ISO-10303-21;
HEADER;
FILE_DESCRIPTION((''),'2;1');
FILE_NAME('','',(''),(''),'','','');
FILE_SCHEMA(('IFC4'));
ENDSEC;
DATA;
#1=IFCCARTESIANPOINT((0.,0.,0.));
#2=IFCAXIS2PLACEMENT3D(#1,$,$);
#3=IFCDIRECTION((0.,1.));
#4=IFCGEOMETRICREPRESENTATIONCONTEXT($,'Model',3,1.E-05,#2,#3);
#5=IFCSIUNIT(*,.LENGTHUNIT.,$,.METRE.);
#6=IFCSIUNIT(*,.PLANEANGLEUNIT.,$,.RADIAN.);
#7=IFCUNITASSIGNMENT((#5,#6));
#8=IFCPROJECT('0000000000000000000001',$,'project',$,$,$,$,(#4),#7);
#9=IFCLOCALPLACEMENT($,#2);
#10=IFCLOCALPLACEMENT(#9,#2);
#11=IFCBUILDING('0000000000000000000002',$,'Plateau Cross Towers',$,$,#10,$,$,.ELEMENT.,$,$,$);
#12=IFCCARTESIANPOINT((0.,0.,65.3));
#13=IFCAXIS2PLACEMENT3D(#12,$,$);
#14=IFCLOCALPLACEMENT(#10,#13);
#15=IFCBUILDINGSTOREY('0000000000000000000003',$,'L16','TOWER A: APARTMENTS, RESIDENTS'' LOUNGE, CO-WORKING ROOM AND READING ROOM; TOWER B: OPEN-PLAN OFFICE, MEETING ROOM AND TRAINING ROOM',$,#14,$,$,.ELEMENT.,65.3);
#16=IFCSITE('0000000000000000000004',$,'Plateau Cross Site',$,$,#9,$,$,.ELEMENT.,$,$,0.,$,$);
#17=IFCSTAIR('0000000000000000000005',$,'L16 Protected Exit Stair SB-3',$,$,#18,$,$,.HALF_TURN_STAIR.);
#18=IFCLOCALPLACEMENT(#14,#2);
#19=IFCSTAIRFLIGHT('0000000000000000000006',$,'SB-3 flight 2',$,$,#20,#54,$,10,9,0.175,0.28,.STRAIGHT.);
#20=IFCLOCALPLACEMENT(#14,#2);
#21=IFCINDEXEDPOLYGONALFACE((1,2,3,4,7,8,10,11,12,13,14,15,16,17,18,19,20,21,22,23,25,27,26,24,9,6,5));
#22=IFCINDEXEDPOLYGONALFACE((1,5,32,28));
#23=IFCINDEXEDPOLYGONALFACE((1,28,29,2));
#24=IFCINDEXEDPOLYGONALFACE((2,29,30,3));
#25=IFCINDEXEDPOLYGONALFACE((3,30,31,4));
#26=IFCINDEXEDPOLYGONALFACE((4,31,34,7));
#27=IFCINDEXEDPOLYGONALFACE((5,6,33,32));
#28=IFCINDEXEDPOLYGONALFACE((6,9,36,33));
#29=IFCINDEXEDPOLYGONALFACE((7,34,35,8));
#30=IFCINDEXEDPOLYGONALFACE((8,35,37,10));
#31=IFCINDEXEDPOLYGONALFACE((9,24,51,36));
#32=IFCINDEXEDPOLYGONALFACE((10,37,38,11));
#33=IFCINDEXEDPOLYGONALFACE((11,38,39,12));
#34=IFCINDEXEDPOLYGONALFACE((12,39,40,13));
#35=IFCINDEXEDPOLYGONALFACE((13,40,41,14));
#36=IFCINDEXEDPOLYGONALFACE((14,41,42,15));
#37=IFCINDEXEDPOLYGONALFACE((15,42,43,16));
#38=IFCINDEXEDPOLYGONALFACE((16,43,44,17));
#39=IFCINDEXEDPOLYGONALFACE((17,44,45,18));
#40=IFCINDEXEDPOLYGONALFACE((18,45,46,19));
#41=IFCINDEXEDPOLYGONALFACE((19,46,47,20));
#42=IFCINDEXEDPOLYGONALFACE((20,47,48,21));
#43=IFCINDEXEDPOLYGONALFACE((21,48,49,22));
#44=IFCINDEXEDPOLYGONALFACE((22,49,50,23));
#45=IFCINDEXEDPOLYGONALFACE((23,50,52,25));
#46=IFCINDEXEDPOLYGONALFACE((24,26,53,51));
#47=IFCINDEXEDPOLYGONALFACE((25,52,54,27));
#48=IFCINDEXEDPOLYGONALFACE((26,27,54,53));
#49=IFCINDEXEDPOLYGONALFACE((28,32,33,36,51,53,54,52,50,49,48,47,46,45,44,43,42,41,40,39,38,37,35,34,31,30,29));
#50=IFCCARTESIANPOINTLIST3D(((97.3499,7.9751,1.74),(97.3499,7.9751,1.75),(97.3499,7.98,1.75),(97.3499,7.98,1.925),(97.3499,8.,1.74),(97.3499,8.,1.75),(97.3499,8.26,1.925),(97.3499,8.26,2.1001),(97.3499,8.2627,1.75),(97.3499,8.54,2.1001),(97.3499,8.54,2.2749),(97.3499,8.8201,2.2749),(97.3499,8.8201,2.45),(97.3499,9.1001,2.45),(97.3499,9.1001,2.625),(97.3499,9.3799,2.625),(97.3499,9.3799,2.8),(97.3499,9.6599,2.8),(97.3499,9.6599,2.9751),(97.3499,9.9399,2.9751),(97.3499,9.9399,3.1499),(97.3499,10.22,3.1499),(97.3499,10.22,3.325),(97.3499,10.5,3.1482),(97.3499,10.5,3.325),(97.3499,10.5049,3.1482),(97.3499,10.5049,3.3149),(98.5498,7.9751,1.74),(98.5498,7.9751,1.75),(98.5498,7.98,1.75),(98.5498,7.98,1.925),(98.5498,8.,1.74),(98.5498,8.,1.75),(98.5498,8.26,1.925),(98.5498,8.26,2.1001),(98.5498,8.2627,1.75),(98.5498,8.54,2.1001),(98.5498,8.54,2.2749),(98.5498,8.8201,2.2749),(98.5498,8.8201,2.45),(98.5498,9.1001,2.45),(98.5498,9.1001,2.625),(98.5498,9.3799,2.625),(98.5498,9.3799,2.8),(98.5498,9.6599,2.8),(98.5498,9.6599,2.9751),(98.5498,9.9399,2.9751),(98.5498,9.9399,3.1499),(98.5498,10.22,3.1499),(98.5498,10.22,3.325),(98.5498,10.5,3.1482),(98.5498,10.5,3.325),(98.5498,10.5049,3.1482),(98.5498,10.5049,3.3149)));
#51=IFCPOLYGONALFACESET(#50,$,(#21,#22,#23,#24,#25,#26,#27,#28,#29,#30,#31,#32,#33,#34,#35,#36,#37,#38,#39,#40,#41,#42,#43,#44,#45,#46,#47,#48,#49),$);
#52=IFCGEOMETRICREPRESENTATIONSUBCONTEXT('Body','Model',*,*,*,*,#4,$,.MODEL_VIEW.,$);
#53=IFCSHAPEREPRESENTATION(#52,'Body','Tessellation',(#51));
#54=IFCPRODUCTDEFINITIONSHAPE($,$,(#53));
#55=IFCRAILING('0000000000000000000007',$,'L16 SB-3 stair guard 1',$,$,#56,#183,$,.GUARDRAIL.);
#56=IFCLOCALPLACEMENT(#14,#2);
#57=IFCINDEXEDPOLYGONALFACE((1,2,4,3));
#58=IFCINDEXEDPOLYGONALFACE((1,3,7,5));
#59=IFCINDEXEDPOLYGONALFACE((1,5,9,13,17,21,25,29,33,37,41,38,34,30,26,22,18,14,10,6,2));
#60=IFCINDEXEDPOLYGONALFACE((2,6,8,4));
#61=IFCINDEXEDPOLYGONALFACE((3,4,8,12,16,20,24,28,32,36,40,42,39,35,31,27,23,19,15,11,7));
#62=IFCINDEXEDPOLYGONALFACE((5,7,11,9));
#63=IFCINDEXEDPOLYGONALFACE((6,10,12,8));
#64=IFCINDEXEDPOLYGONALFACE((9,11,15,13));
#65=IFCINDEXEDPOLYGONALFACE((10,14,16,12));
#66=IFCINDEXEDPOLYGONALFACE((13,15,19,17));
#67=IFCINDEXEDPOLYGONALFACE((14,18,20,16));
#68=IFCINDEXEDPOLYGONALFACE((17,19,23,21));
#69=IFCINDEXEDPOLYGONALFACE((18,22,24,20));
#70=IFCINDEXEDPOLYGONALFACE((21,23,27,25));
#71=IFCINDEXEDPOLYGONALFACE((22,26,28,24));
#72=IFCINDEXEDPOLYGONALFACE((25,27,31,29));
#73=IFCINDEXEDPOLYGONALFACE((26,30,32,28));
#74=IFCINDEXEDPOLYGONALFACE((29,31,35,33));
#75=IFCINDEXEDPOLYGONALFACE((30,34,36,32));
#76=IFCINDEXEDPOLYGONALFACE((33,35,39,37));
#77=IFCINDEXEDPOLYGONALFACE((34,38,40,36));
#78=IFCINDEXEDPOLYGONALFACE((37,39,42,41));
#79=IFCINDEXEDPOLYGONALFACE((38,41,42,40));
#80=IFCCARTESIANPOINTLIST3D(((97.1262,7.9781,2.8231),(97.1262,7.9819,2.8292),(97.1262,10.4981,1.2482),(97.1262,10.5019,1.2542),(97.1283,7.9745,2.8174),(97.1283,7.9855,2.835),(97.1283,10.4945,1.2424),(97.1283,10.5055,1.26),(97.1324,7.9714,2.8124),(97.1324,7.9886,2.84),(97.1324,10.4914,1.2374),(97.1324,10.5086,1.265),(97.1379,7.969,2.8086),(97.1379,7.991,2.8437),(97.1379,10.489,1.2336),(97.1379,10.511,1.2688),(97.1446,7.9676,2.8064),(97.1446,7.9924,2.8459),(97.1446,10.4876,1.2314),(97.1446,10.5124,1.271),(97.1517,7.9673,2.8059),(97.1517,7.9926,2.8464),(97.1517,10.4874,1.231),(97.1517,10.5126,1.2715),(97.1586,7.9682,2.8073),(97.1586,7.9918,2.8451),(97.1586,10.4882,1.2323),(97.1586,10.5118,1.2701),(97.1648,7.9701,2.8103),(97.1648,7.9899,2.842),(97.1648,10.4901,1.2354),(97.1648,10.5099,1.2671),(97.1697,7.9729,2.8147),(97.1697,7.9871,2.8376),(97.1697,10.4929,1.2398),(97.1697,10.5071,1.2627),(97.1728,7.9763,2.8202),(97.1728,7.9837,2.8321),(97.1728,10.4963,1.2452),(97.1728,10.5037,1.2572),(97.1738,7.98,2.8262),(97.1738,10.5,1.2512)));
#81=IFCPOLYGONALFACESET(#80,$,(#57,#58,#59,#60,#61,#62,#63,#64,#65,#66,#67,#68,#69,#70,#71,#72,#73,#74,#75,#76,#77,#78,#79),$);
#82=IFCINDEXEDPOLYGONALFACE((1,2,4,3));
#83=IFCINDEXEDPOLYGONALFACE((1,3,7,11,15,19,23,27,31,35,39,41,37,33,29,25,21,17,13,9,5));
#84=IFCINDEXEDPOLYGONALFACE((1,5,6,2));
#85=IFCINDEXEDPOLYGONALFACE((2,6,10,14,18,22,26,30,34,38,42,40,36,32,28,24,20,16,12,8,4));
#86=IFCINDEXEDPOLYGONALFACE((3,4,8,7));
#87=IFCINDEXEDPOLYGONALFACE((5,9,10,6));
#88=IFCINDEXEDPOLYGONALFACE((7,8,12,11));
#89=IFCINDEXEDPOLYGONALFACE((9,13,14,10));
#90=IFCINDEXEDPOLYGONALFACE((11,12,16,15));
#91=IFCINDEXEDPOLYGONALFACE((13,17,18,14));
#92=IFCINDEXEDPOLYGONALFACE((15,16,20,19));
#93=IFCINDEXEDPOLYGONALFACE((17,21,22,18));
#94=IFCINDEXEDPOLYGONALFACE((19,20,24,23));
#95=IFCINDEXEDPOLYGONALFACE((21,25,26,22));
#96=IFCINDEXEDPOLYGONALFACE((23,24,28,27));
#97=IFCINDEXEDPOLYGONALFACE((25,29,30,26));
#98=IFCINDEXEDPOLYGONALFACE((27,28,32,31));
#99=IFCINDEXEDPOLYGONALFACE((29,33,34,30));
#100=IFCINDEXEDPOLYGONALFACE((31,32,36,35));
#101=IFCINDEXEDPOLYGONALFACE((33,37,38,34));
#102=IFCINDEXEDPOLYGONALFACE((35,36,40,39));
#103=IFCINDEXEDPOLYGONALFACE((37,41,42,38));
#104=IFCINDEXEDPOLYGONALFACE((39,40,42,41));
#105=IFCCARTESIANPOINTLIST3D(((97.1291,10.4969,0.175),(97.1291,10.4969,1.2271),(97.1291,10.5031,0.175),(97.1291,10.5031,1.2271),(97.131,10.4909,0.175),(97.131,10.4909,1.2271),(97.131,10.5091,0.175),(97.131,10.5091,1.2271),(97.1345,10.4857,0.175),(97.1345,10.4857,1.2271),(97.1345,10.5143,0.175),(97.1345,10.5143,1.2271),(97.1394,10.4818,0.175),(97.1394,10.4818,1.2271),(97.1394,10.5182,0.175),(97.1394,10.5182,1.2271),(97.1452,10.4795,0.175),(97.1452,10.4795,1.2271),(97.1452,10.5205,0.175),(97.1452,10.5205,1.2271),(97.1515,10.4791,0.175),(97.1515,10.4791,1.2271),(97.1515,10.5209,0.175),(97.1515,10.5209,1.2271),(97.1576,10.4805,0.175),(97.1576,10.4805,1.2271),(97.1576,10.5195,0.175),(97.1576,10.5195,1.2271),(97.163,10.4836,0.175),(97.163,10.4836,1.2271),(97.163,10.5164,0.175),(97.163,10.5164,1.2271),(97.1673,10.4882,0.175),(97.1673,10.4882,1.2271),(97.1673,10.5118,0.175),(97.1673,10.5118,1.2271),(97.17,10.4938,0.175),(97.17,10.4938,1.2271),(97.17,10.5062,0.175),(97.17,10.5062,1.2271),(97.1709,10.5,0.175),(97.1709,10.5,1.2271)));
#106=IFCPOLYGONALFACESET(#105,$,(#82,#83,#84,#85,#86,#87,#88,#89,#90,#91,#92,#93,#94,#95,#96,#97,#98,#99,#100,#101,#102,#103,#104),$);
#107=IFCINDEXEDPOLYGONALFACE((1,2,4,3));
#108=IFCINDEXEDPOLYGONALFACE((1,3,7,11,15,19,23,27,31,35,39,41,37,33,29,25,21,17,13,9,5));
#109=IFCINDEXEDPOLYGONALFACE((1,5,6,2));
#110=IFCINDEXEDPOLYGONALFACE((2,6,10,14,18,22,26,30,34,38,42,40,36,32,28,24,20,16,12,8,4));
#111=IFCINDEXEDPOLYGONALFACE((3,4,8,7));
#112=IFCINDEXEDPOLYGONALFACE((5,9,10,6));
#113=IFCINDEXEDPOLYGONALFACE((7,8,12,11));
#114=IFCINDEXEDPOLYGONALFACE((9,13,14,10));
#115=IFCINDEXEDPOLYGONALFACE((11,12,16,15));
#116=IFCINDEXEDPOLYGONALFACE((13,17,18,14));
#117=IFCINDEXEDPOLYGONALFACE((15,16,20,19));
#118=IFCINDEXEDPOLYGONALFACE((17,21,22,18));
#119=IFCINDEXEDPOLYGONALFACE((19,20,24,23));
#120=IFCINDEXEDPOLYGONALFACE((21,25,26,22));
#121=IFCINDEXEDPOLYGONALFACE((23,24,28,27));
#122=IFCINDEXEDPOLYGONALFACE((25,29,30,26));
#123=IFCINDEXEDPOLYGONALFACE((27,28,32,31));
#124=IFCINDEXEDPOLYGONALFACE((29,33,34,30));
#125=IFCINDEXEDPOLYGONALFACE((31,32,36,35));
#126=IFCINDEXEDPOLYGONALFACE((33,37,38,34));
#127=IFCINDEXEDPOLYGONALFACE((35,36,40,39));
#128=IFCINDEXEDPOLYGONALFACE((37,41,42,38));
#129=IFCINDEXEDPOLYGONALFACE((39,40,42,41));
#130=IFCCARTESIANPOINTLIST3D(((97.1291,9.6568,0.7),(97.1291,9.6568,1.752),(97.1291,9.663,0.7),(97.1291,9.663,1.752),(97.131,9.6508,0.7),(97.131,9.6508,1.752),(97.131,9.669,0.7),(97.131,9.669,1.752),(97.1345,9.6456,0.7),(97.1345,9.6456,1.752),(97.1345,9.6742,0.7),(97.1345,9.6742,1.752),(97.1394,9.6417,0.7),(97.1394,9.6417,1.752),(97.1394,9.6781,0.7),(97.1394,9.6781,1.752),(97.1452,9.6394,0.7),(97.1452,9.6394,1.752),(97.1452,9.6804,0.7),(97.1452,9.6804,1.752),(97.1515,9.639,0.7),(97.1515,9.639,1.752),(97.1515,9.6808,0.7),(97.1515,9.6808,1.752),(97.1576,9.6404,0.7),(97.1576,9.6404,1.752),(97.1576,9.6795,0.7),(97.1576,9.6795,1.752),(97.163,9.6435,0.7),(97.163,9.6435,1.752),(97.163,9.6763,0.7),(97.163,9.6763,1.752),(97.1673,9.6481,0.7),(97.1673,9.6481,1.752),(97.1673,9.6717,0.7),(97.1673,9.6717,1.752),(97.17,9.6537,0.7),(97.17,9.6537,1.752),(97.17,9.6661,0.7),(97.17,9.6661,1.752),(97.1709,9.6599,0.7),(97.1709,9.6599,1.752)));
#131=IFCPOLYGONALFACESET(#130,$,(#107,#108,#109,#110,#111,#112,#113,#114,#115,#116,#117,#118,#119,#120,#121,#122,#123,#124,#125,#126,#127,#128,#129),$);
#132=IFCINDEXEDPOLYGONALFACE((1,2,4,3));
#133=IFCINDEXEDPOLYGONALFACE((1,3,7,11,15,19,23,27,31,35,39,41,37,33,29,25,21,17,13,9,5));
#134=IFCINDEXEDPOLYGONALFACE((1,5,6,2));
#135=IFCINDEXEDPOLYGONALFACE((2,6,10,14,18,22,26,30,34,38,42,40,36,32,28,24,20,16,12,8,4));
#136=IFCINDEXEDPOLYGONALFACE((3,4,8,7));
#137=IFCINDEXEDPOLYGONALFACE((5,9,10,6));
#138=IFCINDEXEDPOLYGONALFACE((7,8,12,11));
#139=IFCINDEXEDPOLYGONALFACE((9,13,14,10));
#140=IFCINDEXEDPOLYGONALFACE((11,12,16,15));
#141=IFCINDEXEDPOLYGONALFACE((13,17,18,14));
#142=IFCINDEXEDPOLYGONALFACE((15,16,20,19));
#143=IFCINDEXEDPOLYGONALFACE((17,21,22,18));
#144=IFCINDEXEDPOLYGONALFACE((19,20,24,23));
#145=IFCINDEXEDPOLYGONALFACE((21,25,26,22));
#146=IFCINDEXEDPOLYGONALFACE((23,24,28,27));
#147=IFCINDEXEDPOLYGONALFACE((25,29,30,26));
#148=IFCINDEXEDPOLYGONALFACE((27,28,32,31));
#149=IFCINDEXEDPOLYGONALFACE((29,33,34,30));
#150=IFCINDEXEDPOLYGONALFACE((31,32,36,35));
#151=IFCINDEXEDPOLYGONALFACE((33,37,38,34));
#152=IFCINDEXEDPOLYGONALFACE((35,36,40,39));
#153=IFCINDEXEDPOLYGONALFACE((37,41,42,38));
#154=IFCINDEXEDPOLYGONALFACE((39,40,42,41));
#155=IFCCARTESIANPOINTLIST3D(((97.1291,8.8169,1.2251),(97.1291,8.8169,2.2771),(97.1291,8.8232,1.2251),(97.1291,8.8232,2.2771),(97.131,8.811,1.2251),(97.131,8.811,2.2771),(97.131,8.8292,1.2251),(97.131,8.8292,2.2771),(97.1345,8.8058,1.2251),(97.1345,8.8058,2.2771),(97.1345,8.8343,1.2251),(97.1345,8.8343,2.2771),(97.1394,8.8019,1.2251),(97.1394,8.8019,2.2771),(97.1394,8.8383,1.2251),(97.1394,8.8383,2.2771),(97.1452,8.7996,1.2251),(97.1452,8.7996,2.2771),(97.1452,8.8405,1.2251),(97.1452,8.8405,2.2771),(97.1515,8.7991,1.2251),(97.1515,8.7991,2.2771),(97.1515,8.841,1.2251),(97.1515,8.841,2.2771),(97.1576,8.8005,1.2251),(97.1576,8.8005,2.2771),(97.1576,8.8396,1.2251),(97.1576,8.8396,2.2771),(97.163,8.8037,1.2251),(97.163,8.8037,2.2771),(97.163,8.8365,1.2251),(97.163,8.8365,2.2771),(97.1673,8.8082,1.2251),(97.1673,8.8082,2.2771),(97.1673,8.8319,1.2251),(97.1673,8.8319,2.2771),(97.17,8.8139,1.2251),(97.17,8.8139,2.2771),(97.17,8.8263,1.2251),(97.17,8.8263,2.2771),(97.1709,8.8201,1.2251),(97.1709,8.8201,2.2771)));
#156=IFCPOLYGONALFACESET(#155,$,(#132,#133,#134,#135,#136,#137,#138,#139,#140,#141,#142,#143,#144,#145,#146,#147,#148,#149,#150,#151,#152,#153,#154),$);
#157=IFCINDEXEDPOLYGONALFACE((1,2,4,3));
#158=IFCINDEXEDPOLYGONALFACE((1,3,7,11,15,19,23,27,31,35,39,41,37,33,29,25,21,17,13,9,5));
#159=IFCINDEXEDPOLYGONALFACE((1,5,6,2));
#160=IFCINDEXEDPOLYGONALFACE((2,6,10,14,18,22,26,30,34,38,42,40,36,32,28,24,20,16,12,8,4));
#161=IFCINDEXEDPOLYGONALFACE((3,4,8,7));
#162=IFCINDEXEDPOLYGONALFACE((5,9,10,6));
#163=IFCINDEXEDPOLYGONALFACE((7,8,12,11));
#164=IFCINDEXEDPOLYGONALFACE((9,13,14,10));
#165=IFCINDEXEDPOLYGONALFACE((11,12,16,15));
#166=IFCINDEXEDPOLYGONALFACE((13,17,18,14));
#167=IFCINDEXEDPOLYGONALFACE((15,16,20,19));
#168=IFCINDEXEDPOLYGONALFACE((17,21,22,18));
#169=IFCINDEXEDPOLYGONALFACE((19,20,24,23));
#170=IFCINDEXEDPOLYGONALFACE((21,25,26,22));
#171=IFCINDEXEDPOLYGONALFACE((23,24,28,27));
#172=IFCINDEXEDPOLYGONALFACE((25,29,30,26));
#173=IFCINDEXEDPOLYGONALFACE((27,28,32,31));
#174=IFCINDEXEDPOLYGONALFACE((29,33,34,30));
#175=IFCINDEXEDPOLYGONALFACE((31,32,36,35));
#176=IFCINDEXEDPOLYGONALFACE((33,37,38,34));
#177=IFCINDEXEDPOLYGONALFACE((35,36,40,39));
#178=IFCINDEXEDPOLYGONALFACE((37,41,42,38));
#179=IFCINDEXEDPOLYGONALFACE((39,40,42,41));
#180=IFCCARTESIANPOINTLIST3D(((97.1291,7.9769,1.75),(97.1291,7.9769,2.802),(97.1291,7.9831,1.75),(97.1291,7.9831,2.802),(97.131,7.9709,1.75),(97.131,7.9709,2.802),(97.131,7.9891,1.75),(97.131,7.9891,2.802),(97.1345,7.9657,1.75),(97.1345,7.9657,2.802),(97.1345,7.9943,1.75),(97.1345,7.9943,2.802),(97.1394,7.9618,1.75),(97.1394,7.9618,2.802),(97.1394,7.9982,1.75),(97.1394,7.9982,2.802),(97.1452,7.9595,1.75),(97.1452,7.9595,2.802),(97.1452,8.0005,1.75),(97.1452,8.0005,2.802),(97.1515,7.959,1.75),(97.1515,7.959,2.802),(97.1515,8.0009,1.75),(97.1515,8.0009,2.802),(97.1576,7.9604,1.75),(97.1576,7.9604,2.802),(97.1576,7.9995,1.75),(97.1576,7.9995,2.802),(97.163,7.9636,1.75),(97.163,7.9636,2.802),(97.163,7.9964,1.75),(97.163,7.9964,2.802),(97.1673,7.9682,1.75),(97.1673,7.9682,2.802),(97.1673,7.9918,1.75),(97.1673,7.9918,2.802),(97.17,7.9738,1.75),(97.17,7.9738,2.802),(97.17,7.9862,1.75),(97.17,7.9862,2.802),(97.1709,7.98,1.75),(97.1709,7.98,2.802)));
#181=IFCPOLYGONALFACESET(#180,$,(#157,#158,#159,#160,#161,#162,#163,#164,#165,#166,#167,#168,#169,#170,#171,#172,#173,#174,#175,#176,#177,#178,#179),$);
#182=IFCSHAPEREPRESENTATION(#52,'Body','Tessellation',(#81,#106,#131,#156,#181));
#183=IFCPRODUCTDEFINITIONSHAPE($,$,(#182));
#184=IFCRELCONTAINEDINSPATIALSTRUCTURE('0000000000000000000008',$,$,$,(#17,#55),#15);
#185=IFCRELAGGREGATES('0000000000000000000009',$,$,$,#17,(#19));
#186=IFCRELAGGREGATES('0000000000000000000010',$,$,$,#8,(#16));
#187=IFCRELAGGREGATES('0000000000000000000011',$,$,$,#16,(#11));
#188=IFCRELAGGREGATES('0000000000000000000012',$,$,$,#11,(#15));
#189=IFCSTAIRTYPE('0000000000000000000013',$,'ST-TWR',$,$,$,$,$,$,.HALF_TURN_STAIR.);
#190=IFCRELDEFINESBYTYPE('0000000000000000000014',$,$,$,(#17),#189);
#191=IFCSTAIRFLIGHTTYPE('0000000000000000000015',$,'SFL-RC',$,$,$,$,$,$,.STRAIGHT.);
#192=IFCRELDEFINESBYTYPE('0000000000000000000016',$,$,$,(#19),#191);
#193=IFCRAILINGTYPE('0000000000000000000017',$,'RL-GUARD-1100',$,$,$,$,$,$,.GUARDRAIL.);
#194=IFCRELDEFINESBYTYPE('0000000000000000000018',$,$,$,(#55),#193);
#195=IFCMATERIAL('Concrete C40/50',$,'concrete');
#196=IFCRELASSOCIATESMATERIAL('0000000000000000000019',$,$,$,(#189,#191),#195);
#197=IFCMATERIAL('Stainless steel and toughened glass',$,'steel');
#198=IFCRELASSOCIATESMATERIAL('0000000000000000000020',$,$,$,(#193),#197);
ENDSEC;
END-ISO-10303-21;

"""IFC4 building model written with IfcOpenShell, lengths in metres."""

from ifc_helpers import new_model, si_unit, direction, frame, origin, origin_2d, place, context, subcontext, project, spatial, polyline, circle, outline, extrude, material, type_object, element, aggregate, save


model = new_model("IFC4")

# Units and contexts
model_context = context("Model", 3, precision=1e-05, world=origin(), true_north=direction((0.0, 1.0)))
body_context = subcontext(model_context, "Body", "Model", "MODEL_VIEW")
ifc_project = project(units=[si_unit("LENGTHUNIT", "METRE"), si_unit("PLANEANGLEUNIT", "RADIAN")], contexts=[model_context])

# Site, building, storey
site_placement = place(None, origin())
site = spatial("IfcSite", under=ifc_project, at=site_placement, Name="Plateau Cross Site", CompositionType="ELEMENT", RefElevation=0.0)
building_placement = place(site_placement, origin())
building = spatial("IfcBuilding", under=site, at=building_placement, Name="Plateau Cross Towers", CompositionType="ELEMENT")
storey_placement = place(building_placement, frame((0.0, 0.0, 65.3)))
storey = spatial("IfcBuildingStorey", under=building, at=storey_placement, Name="L16", Description="TOWER A: APARTMENTS, RESIDENTS' LOUNGE, CO-WORKING ROOM AND READING ROOM; TOWER B: OPEN-PLAN OFFICE, MEETING ROOM AND TRAINING ROOM", CompositionType="ELEMENT", Elevation=65.3)

# Stair, stair flight
ifc_material_1 = material(Name="Concrete C40/50", Category="concrete")
stair_type = type_object("IfcStairType", Name="ST-TWR", PredefinedType="HALF_TURN_STAIR", material=ifc_material_1)
stair_placement = place(storey_placement, origin())
stair = element("IfcStair", 1, at=stair_placement, inside=storey, type_object=stair_type, Name="L16 Protected Exit Stair SB-3", PredefinedType="HALF_TURN_STAIR")
stair_flight_type = type_object("IfcStairFlightType", Name="SFL-RC", PredefinedType="STRAIGHT", material=ifc_material_1)
stair_flight_1_placement = place(storey_placement, frame((97.95, 7.98, 1.75), z_axis=(0.0, 0.0, 1.0), x_axis=(0.0, 1.0, 0.0)))
stair_flight_1 = element("IfcStairFlight", 2, at=stair_flight_1_placement, type_object=stair_flight_type, Name="SB-3 flight 2", NumberOfRisers=10, NumberOfTreads=9, PredefinedType="STRAIGHT", RiserHeight=0.175, TreadLength=0.28, context=body_context, shape_type="SweptSolid", body=[
    extrude(outline(polyline([(-0.0049, -0.01), (-0.0049, 0.0), (0.0, 0.0), (0.0, 0.175), (0.28, 0.175), (0.28, 0.3501), (0.5601, 0.3501), (0.5601, 0.5249), (0.8401, 0.5249), (0.8401, 0.7), (1.1201, 0.7), (1.1201, 0.875), (1.3999, 0.875), (1.3999, 1.05), (1.6799, 1.05), (1.6799, 1.2251), (1.96, 1.2251), (1.96, 1.3999), (2.24, 1.3999), (2.24, 1.575), (2.52, 1.575), (2.5249, 1.5649), (2.5249, 1.3982), (2.52, 1.3982), (0.2827, 0.0), (0.02, 0.0), (0.02, -0.01), (-0.0049, -0.01)])), frame((0.0, 0.6001, 0.0), z_axis=(0.0, -1.0, 0.0), x_axis=(1.0, 0.0, 0.0)), (0.0, 0.0, 1.0), 1.2),
])
aggregate(stair, [stair_flight_1])

# Railing
ifc_material_2 = material(Name="Stainless steel and toughened glass", Category="steel")
railing_type_1 = type_object("IfcRailingType", Name="RL-GUARD-1100", PredefinedType="GUARDRAIL", material=ifc_material_2)
railing_1_placement = place(storey_placement, frame((97.1499, 10.5, 0.175)))
element("IfcRailing", 3, at=railing_1_placement, inside=storey, type_object=railing_type_1, Name="L16 SB-3 stair guard 1", PredefinedType="GUARDRAIL", context=body_context, shape_type="SweptSolid", body=[
    extrude(circle(Radius=0.0239, at=origin_2d()), frame((0.0, 0.0, 1.0762), z_axis=(0.0, -0.848008, 0.529984), x_axis=(1.0, 0.0, 0.0)), (0.0, 0.0, 1.0), 2.9717),
    extrude(circle(Radius=0.021, at=origin_2d()), origin(), (0.0, 0.0, 1.0), 1.052),
    extrude(circle(Radius=0.021, at=origin_2d()), frame((0.0, -0.8401, 0.5249)), (0.0, 0.0, 1.0), 1.052),
    extrude(circle(Radius=0.021, at=origin_2d()), frame((0.0, -1.6799, 1.05)), (0.0, 0.0, 1.0), 1.052),
    extrude(circle(Radius=0.021, at=origin_2d()), frame((0.0, -2.52, 1.575)), (0.0, 0.0, 1.0), 1.052),
])

save(model, "model.ifc")
